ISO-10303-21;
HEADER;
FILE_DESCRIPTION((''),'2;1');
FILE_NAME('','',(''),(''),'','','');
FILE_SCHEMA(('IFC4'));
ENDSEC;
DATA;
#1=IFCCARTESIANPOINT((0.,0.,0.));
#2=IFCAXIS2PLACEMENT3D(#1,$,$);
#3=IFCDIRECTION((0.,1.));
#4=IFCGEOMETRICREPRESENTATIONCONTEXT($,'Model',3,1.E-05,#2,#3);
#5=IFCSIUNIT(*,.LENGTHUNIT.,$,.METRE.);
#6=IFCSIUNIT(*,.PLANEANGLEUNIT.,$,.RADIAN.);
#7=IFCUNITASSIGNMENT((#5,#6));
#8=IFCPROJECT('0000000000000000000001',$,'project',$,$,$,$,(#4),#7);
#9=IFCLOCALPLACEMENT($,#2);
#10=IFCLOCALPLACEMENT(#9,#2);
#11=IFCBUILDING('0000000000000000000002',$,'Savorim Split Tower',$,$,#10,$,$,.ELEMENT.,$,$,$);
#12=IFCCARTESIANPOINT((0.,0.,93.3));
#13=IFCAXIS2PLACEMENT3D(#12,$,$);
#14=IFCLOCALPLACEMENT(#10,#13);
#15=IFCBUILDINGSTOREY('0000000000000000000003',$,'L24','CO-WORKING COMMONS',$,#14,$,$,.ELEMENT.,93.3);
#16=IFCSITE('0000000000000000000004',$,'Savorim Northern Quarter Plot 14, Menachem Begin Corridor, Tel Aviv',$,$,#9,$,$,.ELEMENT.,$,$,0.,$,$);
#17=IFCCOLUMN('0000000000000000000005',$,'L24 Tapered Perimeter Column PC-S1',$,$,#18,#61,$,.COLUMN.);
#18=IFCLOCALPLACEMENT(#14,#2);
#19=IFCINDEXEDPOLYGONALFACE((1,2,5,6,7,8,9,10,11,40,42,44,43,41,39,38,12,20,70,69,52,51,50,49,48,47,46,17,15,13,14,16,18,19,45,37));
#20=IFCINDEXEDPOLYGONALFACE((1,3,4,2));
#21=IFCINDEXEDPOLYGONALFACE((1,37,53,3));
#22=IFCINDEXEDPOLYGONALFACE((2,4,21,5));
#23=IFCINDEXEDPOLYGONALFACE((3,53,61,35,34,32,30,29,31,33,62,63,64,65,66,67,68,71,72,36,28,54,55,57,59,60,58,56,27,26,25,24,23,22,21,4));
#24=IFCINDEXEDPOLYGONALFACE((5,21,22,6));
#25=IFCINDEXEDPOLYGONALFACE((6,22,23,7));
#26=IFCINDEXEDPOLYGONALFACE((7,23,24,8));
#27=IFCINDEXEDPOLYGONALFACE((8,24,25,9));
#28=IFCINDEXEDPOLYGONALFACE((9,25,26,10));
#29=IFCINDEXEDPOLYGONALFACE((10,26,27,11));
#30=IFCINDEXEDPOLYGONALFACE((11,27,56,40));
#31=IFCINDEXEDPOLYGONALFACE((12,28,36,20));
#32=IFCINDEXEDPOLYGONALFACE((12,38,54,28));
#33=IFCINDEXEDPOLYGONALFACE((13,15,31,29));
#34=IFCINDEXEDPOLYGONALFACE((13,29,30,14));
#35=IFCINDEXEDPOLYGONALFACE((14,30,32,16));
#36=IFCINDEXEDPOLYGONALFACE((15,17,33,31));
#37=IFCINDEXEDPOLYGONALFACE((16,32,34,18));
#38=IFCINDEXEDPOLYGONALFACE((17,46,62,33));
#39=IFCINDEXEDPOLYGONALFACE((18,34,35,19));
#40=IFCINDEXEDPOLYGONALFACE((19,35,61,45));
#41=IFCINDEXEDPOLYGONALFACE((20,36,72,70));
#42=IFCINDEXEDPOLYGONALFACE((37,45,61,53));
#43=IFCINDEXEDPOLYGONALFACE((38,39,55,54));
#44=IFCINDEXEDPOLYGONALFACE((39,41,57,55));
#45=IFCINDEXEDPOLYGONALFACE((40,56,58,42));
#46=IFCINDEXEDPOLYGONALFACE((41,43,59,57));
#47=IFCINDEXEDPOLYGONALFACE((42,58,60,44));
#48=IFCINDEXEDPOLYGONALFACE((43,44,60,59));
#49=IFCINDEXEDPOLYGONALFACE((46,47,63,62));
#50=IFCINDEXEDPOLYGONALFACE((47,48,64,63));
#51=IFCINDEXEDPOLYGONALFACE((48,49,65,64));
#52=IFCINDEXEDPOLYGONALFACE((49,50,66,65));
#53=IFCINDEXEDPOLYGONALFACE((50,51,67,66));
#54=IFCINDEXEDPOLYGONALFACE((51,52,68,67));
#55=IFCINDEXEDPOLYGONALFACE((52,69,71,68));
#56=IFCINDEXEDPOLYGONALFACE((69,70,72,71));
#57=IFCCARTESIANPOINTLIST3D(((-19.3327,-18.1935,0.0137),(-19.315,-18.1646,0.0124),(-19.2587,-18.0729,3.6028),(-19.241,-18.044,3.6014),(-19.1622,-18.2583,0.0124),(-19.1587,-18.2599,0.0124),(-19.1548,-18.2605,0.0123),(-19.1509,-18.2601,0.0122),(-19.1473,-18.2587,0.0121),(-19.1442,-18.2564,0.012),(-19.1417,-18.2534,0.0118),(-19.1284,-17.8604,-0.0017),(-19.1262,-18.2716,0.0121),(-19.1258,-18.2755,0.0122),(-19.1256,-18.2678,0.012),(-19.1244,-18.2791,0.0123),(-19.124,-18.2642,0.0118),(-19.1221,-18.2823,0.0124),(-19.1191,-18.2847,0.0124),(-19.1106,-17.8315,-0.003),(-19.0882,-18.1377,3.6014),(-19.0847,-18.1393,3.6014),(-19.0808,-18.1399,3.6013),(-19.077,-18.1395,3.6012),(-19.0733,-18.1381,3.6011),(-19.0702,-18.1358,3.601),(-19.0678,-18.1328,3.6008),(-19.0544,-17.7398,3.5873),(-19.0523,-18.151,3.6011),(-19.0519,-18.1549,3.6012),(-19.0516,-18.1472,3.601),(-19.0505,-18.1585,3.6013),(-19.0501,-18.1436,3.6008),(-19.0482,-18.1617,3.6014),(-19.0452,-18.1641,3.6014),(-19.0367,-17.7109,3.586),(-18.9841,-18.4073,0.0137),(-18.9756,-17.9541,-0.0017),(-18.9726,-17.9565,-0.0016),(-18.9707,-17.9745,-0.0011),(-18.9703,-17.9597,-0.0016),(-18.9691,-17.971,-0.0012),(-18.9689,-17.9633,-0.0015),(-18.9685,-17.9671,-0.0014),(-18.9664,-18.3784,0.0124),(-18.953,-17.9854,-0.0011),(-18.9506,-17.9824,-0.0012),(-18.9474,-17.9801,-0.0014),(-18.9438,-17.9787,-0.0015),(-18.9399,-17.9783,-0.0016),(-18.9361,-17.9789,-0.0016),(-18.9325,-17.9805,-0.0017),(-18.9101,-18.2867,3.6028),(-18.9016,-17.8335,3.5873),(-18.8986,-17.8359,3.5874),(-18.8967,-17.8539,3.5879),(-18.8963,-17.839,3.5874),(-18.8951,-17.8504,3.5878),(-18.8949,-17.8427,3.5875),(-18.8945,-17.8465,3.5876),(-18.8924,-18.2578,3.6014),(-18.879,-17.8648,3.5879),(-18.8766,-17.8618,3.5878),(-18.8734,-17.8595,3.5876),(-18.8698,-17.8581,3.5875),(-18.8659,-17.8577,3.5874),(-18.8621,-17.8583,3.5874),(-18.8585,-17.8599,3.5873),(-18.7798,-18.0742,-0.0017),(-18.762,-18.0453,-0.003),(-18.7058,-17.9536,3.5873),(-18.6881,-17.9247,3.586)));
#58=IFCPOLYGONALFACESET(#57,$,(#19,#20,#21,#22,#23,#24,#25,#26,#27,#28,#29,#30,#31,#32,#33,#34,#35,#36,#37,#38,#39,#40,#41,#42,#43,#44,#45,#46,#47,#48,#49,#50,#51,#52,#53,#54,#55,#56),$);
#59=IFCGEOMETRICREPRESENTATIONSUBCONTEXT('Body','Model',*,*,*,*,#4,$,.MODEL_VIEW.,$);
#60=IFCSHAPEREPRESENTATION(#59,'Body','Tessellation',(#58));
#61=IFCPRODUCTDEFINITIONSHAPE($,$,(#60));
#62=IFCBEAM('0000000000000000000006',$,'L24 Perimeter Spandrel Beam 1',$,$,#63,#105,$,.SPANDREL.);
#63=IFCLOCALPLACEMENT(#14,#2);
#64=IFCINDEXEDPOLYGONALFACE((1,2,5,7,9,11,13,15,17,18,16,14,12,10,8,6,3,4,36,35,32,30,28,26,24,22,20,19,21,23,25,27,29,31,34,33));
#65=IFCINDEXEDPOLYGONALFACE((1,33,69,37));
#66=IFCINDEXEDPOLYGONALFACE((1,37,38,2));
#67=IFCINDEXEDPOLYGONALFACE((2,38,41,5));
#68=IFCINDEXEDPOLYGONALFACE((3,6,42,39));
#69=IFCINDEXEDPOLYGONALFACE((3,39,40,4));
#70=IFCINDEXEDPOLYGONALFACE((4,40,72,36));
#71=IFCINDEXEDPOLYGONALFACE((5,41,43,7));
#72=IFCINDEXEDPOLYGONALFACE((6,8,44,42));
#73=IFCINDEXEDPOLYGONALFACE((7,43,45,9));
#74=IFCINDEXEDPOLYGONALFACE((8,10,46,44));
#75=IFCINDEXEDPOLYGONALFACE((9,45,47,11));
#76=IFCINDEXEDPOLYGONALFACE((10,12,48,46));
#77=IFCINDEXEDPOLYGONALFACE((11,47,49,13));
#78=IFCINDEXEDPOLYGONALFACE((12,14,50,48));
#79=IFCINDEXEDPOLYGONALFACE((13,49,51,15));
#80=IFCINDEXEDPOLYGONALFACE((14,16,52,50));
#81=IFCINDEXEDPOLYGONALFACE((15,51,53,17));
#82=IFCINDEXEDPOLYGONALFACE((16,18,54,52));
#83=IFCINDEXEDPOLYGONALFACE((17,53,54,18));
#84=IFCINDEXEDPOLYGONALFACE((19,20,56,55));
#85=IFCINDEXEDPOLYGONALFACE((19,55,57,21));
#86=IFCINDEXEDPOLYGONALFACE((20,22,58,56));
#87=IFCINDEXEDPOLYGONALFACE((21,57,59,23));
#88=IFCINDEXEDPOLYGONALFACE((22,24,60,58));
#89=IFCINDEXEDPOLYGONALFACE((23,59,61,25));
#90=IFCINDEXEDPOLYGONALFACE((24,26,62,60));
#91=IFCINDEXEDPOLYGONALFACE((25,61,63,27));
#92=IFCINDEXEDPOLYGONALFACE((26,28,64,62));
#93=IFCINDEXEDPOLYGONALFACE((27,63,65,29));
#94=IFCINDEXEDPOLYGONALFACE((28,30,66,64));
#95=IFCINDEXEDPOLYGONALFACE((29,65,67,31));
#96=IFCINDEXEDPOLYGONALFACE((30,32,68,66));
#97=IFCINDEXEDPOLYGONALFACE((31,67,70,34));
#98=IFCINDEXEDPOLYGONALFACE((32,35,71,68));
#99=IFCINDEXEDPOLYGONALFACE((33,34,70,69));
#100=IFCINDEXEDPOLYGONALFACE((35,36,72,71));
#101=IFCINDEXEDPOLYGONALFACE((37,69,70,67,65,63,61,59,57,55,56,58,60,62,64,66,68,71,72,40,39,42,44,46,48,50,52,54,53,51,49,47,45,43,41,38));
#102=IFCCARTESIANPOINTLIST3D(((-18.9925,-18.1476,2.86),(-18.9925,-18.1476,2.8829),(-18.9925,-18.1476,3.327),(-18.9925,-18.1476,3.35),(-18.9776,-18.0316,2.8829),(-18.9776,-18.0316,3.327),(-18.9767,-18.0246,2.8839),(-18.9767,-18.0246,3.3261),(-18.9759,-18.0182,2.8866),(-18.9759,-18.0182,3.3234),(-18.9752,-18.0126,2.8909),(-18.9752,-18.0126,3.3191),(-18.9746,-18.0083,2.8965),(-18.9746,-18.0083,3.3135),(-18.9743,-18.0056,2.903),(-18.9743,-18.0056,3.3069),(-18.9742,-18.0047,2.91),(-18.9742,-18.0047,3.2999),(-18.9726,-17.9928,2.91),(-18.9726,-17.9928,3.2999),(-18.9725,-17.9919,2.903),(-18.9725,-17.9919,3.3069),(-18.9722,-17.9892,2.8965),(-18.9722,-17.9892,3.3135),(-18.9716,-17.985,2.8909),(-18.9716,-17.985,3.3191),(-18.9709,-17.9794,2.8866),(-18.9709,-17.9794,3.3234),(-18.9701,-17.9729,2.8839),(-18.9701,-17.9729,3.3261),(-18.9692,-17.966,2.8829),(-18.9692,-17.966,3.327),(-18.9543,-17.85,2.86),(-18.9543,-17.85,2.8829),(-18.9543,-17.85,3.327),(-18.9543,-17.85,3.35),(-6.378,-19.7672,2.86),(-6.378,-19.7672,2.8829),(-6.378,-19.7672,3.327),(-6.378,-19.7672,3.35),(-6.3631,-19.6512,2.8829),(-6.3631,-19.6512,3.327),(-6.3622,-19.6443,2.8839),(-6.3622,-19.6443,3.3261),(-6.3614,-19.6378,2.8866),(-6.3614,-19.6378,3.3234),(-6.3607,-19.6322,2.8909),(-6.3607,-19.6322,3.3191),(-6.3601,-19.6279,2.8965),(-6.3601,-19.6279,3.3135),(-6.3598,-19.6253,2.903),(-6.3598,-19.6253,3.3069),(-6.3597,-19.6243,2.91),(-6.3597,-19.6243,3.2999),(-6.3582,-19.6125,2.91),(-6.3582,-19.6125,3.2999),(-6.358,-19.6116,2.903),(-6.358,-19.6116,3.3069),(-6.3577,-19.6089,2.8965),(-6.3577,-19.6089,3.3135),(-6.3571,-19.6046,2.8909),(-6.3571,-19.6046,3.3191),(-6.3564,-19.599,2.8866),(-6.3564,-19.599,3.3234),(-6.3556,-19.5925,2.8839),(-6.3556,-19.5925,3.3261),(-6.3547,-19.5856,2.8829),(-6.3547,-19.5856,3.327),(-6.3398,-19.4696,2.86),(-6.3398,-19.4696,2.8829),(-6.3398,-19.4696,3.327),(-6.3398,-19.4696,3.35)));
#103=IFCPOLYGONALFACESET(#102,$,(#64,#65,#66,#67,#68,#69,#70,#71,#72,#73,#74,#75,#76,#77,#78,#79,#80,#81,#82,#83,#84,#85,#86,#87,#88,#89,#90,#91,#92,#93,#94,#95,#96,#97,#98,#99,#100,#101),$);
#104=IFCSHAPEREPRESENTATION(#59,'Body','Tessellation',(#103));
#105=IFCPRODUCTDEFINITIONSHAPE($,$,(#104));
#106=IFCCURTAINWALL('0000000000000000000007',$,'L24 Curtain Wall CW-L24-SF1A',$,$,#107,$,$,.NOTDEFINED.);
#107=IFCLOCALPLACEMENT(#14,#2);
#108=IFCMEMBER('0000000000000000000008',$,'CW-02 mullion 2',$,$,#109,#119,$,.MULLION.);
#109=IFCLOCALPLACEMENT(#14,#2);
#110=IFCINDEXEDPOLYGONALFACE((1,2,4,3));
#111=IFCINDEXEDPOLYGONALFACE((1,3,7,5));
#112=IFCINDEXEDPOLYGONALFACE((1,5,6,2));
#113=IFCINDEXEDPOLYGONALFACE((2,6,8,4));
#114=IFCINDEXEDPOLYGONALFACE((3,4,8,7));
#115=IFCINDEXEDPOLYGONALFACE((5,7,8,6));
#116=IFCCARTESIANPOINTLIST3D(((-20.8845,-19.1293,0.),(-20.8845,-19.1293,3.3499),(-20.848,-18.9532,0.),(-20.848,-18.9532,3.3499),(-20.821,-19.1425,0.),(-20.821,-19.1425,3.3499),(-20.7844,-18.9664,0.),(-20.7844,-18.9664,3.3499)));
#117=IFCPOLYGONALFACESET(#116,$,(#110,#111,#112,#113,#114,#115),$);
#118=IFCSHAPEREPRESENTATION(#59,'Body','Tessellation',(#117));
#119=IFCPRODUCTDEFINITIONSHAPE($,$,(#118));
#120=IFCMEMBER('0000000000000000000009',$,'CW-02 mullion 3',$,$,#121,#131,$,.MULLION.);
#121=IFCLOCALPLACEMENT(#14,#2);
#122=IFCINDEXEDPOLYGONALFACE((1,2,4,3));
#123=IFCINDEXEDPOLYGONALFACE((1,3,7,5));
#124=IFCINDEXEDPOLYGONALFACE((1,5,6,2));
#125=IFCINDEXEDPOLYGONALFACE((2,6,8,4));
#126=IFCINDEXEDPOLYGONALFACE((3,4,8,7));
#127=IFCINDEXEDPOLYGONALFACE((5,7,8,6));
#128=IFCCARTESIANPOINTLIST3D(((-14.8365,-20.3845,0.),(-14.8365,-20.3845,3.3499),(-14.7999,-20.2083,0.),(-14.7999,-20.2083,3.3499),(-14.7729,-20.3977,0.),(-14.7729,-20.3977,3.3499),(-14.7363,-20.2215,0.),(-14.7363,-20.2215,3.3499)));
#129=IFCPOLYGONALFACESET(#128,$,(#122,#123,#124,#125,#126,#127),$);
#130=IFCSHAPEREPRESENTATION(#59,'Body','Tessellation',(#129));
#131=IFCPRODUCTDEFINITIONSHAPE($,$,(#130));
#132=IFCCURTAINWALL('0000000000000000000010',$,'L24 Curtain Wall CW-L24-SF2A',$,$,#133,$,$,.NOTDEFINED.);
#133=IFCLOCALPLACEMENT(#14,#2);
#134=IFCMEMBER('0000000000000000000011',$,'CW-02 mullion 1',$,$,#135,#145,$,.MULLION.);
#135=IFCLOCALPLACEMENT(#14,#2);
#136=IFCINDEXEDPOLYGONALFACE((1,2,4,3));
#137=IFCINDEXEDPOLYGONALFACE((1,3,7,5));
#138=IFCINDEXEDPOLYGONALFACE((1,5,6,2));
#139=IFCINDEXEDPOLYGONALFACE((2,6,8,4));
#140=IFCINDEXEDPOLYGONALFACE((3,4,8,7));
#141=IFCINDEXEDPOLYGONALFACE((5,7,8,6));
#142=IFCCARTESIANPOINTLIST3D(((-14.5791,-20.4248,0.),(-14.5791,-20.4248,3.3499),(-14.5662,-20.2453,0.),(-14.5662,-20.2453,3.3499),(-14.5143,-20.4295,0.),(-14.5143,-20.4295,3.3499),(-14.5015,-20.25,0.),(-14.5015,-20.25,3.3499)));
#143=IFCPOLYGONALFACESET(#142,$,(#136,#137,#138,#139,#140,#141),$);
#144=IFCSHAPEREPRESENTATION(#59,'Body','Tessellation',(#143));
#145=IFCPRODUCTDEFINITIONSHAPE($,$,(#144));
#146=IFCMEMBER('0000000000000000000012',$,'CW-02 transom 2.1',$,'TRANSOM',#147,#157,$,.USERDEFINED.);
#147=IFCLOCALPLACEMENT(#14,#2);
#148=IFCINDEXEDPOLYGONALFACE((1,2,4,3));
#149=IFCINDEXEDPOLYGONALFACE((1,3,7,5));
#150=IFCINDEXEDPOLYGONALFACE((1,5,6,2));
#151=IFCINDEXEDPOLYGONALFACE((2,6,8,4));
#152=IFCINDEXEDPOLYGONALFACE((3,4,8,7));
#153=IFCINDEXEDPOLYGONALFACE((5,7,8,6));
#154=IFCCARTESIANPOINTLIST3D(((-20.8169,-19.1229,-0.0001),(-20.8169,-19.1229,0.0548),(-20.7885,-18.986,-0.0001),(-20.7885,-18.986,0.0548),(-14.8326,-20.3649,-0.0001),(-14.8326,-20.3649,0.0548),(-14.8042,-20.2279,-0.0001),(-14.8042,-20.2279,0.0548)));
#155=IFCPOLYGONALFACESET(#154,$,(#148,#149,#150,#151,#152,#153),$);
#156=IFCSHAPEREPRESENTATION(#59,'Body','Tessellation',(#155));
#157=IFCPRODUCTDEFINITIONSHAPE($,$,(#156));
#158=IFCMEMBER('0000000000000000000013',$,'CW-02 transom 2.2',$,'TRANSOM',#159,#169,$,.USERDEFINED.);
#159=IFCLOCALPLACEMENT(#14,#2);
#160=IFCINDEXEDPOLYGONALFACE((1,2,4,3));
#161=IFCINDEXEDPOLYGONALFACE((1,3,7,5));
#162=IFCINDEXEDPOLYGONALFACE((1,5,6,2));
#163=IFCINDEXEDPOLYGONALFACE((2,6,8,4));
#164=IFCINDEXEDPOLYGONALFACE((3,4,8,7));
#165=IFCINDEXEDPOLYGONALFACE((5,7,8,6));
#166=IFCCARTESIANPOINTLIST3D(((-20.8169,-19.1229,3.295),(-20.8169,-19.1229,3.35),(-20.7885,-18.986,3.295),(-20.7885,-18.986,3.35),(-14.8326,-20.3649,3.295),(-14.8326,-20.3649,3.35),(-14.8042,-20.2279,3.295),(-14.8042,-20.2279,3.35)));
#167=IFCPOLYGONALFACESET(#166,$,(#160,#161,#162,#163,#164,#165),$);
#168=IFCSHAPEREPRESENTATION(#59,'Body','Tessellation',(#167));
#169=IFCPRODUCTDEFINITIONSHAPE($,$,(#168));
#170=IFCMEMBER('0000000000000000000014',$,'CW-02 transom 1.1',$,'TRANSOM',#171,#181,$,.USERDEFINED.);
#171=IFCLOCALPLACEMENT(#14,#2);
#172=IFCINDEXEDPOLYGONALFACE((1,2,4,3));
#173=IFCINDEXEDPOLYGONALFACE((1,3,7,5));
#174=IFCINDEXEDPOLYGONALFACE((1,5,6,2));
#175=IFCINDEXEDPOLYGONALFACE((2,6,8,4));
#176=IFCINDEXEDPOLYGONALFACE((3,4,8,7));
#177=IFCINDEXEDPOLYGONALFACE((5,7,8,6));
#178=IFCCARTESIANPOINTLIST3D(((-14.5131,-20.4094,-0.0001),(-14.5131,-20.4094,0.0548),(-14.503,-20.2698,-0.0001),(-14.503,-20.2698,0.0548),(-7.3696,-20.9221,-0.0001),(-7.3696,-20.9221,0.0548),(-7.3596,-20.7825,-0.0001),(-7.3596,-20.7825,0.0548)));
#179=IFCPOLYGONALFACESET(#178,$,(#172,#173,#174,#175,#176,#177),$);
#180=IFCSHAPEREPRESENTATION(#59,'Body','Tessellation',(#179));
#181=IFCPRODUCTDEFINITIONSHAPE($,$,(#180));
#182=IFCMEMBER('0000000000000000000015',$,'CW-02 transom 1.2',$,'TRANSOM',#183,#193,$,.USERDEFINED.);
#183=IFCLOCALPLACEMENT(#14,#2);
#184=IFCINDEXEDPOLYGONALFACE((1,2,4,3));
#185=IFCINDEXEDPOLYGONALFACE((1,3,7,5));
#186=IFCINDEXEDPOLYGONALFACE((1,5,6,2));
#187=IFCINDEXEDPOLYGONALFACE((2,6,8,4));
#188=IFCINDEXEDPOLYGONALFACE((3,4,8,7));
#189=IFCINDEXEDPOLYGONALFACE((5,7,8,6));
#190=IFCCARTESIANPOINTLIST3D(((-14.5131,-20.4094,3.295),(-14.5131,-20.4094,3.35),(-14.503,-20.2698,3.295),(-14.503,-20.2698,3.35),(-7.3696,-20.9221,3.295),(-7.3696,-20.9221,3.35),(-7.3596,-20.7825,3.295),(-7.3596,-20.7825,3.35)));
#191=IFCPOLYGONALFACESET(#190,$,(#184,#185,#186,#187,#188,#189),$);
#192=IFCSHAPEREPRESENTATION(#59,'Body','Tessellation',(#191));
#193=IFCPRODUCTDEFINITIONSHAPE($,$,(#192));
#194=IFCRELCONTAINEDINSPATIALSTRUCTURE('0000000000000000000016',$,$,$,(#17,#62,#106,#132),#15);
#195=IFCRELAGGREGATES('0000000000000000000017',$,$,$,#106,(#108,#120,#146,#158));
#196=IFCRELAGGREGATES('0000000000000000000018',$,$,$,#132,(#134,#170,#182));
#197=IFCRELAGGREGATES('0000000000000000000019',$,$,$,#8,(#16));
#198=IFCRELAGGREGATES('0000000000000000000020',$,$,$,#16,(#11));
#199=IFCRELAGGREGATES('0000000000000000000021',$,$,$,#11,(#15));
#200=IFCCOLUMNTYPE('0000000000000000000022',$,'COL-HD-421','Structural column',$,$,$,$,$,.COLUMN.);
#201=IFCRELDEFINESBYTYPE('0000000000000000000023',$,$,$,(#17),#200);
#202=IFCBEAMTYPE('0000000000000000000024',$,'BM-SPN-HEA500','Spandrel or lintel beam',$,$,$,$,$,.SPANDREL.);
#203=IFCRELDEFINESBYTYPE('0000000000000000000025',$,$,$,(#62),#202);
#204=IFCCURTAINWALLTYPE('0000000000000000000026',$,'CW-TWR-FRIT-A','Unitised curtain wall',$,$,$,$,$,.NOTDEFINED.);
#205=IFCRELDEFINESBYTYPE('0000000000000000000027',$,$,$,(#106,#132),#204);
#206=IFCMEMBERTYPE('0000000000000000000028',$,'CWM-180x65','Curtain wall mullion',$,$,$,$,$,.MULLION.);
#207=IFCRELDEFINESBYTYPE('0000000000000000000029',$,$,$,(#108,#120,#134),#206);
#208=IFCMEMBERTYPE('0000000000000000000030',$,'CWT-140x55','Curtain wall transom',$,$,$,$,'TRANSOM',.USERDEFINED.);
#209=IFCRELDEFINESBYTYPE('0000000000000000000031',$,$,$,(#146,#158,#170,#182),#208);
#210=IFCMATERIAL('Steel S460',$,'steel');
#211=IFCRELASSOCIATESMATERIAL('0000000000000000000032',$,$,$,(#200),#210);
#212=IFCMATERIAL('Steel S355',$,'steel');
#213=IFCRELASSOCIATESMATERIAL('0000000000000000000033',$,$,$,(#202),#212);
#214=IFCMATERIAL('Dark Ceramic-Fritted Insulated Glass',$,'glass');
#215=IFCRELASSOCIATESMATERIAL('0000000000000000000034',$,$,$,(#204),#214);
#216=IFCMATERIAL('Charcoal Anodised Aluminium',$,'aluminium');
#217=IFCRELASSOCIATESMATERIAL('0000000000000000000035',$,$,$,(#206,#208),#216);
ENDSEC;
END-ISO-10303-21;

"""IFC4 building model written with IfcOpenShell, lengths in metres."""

from ifc_helpers import new_model, si_unit, direction, frame, origin, origin_2d, place, context, subcontext, project, spatial, rectangle, i_section, extrude, material, material_profile, profile_set, type_object, element, aggregate, save


model = new_model("IFC4")

# Units and contexts
model_context = context("Model", 3, precision=1e-05, world=origin(), true_north=direction((0.0, 1.0)))
body_context = subcontext(model_context, "Body", "Model", "MODEL_VIEW")
ifc_project = project(units=[si_unit("LENGTHUNIT", "METRE"), si_unit("PLANEANGLEUNIT", "RADIAN")], contexts=[model_context])

# Site, building, storey
site_placement = place(None, origin())
site = spatial("IfcSite", under=ifc_project, at=site_placement, Name="Savorim Northern Quarter Plot 14, Menachem Begin Corridor, Tel Aviv", CompositionType="ELEMENT", RefElevation=0.0)
building_placement = place(site_placement, origin())
building = spatial("IfcBuilding", under=site, at=building_placement, Name="Savorim Split Tower", CompositionType="ELEMENT")
storey_placement = place(building_placement, frame((0.0, 0.0, 93.3)))
storey = spatial("IfcBuildingStorey", under=building, at=storey_placement, Name="L24", Description="CO-WORKING COMMONS", CompositionType="ELEMENT", Elevation=93.3)

# Column
ifc_material_1 = material(Name="Steel S460", Category="steel")
ifc_material_profile_1 = material_profile(ifc_material_1, i_section(OverallWidth=0.4089, OverallDepth=0.425, WebThickness=0.0208, FlangeThickness=0.0339, FilletRadius=0.0149, at=origin_2d()), Name="HD 400x421")
ifc_profile_set_1 = profile_set([ifc_material_profile_1], Name="Steel S460")
column_type = type_object("IfcColumnType", Name="COL-HD-421", Description="Structural column", PredefinedType="COLUMN", material=ifc_profile_set_1)
column_placement = place(storey_placement, frame((-19.0474, -18.1194, 0.0054), z_axis=(0.020595, 0.033577, 0.999224), x_axis=(-0.852428, 0.522845, 0.0)))
element("IfcColumn", 1, at=column_placement, inside=storey, type_object=column_type, Name="L24 Tapered Perimeter Column PC-S1", PredefinedType="COLUMN", context=body_context, shape_type="SweptSolid", body=[
    extrude(i_section(OverallWidth=0.4089, OverallDepth=0.425, WebThickness=0.0208, FlangeThickness=0.0339, FilletRadius=0.0149, at=origin_2d()), origin(), (0.0, 0.0, 1.0), 3.5918),
])

# Beam
ifc_material_2 = material(Name="Steel S355", Category="steel")
ifc_material_profile_2 = material_profile(ifc_material_2, i_section(OverallWidth=0.3, OverallDepth=0.49, WebThickness=0.012, FlangeThickness=0.0229, FilletRadius=0.0271, at=origin_2d()), Name="HEA 500")
ifc_profile_set_2 = profile_set([ifc_material_profile_2], Name="Steel S355")
beam_type = type_object("IfcBeamType", Name="BM-SPN-HEA500", Description="Spandrel or lintel beam", PredefinedType="SPANDREL", material=ifc_profile_set_2)
beam_placement = place(storey_placement, frame((-18.9734, -17.9988, 3.105), z_axis=(0.991858, -0.127349, 0.0), x_axis=(0.127349, 0.991858, 0.0)))
element("IfcBeam", 2, at=beam_placement, inside=storey, type_object=beam_type, Name="L24 Perimeter Spandrel Beam 1", PredefinedType="SPANDREL", context=body_context, shape_type="SweptSolid", body=[
    extrude(i_section(OverallWidth=0.3, OverallDepth=0.49, WebThickness=0.012, FlangeThickness=0.0229, FilletRadius=0.0271, at=origin_2d()), origin(), (0.0, 0.0, 1.0), 12.718),
])

# Curtain wall, members
ifc_material_3 = material(Name="Dark Ceramic-Fritted Insulated Glass", Category="glass")
curtain_wall_type = type_object("IfcCurtainWallType", Name="CW-TWR-FRIT-A", Description="Unitised curtain wall", PredefinedType="NOTDEFINED", material=ifc_material_3)
curtain_wall_1_placement = place(storey_placement, origin())
curtain_wall_1 = element("IfcCurtainWall", 3, at=curtain_wall_1_placement, inside=storey, type_object=curtain_wall_type, Name="L24 Curtain Wall CW-L24-SF1A", PredefinedType="NOTDEFINED")
ifc_material_4 = material(Name="Charcoal Anodised Aluminium", Category="aluminium")
ifc_material_profile_3 = material_profile(ifc_material_4, rectangle(XDim=0.1799, YDim=0.0649, at=origin_2d()), Name="ALU-M 180x65")
ifc_profile_set_3 = profile_set([ifc_material_profile_3], Name="Charcoal Anodised Aluminium")
member_type_1 = type_object("IfcMemberType", Name="CWM-180x65", Description="Curtain wall mullion", PredefinedType="MULLION", material=ifc_profile_set_3)
member_1_placement = place(storey_placement, frame((-20.8345, -19.0479, 0.0), z_axis=(0.0, 0.0, 1.0), x_axis=(0.203212, 0.979135, 0.0)))
member_1 = element("IfcMember", 4, at=member_1_placement, type_object=member_type_1, Name="CW-02 mullion 2", PredefinedType="MULLION", context=body_context, shape_type="SweptSolid", body=[
    extrude(rectangle(XDim=0.1799, YDim=0.0649, at=origin_2d()), origin(), (0.0, 0.0, 1.0), 3.3499),
])
member_2_placement = place(storey_placement, frame((-14.7864, -20.303, 0.0), z_axis=(0.0, 0.0, 1.0), x_axis=(0.203212, 0.979135, 0.0)))
member_2 = element("IfcMember", 5, at=member_2_placement, type_object=member_type_1, Name="CW-02 mullion 3", PredefinedType="MULLION", context=body_context, shape_type="SweptSolid", body=[
    extrude(rectangle(XDim=0.1799, YDim=0.0649, at=origin_2d()), origin(), (0.0, 0.0, 1.0), 3.3499),
])

# Curtain wall, member
curtain_wall_2_placement = place(storey_placement, origin())
curtain_wall_2 = element("IfcCurtainWall", 6, at=curtain_wall_2_placement, inside=storey, type_object=curtain_wall_type, Name="L24 Curtain Wall CW-L24-SF2A", PredefinedType="NOTDEFINED")
member_3_placement = place(storey_placement, frame((-14.5403, -20.3374, 0.0), z_axis=(0.0, 0.0, 1.0), x_axis=(0.071562, 0.997436, 0.0)))
member_3 = element("IfcMember", 7, at=member_3_placement, type_object=member_type_1, Name="CW-02 mullion 1", PredefinedType="MULLION", context=body_context, shape_type="SweptSolid", body=[
    extrude(rectangle(XDim=0.1799, YDim=0.0649, at=origin_2d()), origin(), (0.0, 0.0, 1.0), 3.3499),
])

# Members
ifc_material_profile_4 = material_profile(ifc_material_4, rectangle(XDim=0.1399, YDim=0.0549, at=origin_2d()), Name="ALU-T 140x55")
ifc_profile_set_4 = profile_set([ifc_material_profile_4], Name="Charcoal Anodised Aluminium")
member_type_2 = type_object("IfcMemberType", Name="CWT-140x55", Description="Curtain wall transom", ElementType="TRANSOM", PredefinedType="USERDEFINED", material=ifc_profile_set_4)
member_4_placement = place(storey_placement, frame((-20.8027, -19.0544, 0.0273), z_axis=(0.979137, -0.203201, 0.0), x_axis=(0.203201, 0.979137, 0.0)))
member_4 = element("IfcMember", 8, at=member_4_placement, type_object=member_type_2, Name="CW-02 transom 2.1", ObjectType="TRANSOM", PredefinedType="USERDEFINED", context=body_context, shape_type="SweptSolid", body=[
    extrude(rectangle(XDim=0.1399, YDim=0.0549, at=origin_2d()), origin(), (0.0, 0.0, 1.0), 6.1118),
])
member_5_placement = place(storey_placement, frame((-20.8027, -19.0544, 3.3225), z_axis=(0.979137, -0.203201, 0.0), x_axis=(0.203201, 0.979137, 0.0)))
member_5 = element("IfcMember", 9, at=member_5_placement, type_object=member_type_2, Name="CW-02 transom 2.2", ObjectType="TRANSOM", PredefinedType="USERDEFINED", context=body_context, shape_type="SweptSolid", body=[
    extrude(rectangle(XDim=0.1399, YDim=0.0549, at=origin_2d()), origin(), (0.0, 0.0, 1.0), 6.1118),
])
member_6_placement = place(storey_placement, frame((-14.5081, -20.3396, 0.0273), z_axis=(0.997434, -0.071586, 0.0), x_axis=(0.071586, 0.997434, 0.0)))
member_6 = element("IfcMember", 10, at=member_6_placement, type_object=member_type_2, Name="CW-02 transom 1.1", ObjectType="TRANSOM", PredefinedType="USERDEFINED", context=body_context, shape_type="SweptSolid", body=[
    extrude(rectangle(XDim=0.1399, YDim=0.0549, at=origin_2d()), origin(), (0.0, 0.0, 1.0), 7.1619),
])
member_7_placement = place(storey_placement, frame((-14.5081, -20.3396, 3.3225), z_axis=(0.997434, -0.071586, 0.0), x_axis=(0.071586, 0.997434, 0.0)))
member_7 = element("IfcMember", 11, at=member_7_placement, type_object=member_type_2, Name="CW-02 transom 1.2", ObjectType="TRANSOM", PredefinedType="USERDEFINED", context=body_context, shape_type="SweptSolid", body=[
    extrude(rectangle(XDim=0.1399, YDim=0.0549, at=origin_2d()), origin(), (0.0, 0.0, 1.0), 7.1619),
])

aggregate(curtain_wall_1, [member_1, member_2, member_4, member_5])
aggregate(curtain_wall_2, [member_3, member_6, member_7])

save(model, "model.ifc")
